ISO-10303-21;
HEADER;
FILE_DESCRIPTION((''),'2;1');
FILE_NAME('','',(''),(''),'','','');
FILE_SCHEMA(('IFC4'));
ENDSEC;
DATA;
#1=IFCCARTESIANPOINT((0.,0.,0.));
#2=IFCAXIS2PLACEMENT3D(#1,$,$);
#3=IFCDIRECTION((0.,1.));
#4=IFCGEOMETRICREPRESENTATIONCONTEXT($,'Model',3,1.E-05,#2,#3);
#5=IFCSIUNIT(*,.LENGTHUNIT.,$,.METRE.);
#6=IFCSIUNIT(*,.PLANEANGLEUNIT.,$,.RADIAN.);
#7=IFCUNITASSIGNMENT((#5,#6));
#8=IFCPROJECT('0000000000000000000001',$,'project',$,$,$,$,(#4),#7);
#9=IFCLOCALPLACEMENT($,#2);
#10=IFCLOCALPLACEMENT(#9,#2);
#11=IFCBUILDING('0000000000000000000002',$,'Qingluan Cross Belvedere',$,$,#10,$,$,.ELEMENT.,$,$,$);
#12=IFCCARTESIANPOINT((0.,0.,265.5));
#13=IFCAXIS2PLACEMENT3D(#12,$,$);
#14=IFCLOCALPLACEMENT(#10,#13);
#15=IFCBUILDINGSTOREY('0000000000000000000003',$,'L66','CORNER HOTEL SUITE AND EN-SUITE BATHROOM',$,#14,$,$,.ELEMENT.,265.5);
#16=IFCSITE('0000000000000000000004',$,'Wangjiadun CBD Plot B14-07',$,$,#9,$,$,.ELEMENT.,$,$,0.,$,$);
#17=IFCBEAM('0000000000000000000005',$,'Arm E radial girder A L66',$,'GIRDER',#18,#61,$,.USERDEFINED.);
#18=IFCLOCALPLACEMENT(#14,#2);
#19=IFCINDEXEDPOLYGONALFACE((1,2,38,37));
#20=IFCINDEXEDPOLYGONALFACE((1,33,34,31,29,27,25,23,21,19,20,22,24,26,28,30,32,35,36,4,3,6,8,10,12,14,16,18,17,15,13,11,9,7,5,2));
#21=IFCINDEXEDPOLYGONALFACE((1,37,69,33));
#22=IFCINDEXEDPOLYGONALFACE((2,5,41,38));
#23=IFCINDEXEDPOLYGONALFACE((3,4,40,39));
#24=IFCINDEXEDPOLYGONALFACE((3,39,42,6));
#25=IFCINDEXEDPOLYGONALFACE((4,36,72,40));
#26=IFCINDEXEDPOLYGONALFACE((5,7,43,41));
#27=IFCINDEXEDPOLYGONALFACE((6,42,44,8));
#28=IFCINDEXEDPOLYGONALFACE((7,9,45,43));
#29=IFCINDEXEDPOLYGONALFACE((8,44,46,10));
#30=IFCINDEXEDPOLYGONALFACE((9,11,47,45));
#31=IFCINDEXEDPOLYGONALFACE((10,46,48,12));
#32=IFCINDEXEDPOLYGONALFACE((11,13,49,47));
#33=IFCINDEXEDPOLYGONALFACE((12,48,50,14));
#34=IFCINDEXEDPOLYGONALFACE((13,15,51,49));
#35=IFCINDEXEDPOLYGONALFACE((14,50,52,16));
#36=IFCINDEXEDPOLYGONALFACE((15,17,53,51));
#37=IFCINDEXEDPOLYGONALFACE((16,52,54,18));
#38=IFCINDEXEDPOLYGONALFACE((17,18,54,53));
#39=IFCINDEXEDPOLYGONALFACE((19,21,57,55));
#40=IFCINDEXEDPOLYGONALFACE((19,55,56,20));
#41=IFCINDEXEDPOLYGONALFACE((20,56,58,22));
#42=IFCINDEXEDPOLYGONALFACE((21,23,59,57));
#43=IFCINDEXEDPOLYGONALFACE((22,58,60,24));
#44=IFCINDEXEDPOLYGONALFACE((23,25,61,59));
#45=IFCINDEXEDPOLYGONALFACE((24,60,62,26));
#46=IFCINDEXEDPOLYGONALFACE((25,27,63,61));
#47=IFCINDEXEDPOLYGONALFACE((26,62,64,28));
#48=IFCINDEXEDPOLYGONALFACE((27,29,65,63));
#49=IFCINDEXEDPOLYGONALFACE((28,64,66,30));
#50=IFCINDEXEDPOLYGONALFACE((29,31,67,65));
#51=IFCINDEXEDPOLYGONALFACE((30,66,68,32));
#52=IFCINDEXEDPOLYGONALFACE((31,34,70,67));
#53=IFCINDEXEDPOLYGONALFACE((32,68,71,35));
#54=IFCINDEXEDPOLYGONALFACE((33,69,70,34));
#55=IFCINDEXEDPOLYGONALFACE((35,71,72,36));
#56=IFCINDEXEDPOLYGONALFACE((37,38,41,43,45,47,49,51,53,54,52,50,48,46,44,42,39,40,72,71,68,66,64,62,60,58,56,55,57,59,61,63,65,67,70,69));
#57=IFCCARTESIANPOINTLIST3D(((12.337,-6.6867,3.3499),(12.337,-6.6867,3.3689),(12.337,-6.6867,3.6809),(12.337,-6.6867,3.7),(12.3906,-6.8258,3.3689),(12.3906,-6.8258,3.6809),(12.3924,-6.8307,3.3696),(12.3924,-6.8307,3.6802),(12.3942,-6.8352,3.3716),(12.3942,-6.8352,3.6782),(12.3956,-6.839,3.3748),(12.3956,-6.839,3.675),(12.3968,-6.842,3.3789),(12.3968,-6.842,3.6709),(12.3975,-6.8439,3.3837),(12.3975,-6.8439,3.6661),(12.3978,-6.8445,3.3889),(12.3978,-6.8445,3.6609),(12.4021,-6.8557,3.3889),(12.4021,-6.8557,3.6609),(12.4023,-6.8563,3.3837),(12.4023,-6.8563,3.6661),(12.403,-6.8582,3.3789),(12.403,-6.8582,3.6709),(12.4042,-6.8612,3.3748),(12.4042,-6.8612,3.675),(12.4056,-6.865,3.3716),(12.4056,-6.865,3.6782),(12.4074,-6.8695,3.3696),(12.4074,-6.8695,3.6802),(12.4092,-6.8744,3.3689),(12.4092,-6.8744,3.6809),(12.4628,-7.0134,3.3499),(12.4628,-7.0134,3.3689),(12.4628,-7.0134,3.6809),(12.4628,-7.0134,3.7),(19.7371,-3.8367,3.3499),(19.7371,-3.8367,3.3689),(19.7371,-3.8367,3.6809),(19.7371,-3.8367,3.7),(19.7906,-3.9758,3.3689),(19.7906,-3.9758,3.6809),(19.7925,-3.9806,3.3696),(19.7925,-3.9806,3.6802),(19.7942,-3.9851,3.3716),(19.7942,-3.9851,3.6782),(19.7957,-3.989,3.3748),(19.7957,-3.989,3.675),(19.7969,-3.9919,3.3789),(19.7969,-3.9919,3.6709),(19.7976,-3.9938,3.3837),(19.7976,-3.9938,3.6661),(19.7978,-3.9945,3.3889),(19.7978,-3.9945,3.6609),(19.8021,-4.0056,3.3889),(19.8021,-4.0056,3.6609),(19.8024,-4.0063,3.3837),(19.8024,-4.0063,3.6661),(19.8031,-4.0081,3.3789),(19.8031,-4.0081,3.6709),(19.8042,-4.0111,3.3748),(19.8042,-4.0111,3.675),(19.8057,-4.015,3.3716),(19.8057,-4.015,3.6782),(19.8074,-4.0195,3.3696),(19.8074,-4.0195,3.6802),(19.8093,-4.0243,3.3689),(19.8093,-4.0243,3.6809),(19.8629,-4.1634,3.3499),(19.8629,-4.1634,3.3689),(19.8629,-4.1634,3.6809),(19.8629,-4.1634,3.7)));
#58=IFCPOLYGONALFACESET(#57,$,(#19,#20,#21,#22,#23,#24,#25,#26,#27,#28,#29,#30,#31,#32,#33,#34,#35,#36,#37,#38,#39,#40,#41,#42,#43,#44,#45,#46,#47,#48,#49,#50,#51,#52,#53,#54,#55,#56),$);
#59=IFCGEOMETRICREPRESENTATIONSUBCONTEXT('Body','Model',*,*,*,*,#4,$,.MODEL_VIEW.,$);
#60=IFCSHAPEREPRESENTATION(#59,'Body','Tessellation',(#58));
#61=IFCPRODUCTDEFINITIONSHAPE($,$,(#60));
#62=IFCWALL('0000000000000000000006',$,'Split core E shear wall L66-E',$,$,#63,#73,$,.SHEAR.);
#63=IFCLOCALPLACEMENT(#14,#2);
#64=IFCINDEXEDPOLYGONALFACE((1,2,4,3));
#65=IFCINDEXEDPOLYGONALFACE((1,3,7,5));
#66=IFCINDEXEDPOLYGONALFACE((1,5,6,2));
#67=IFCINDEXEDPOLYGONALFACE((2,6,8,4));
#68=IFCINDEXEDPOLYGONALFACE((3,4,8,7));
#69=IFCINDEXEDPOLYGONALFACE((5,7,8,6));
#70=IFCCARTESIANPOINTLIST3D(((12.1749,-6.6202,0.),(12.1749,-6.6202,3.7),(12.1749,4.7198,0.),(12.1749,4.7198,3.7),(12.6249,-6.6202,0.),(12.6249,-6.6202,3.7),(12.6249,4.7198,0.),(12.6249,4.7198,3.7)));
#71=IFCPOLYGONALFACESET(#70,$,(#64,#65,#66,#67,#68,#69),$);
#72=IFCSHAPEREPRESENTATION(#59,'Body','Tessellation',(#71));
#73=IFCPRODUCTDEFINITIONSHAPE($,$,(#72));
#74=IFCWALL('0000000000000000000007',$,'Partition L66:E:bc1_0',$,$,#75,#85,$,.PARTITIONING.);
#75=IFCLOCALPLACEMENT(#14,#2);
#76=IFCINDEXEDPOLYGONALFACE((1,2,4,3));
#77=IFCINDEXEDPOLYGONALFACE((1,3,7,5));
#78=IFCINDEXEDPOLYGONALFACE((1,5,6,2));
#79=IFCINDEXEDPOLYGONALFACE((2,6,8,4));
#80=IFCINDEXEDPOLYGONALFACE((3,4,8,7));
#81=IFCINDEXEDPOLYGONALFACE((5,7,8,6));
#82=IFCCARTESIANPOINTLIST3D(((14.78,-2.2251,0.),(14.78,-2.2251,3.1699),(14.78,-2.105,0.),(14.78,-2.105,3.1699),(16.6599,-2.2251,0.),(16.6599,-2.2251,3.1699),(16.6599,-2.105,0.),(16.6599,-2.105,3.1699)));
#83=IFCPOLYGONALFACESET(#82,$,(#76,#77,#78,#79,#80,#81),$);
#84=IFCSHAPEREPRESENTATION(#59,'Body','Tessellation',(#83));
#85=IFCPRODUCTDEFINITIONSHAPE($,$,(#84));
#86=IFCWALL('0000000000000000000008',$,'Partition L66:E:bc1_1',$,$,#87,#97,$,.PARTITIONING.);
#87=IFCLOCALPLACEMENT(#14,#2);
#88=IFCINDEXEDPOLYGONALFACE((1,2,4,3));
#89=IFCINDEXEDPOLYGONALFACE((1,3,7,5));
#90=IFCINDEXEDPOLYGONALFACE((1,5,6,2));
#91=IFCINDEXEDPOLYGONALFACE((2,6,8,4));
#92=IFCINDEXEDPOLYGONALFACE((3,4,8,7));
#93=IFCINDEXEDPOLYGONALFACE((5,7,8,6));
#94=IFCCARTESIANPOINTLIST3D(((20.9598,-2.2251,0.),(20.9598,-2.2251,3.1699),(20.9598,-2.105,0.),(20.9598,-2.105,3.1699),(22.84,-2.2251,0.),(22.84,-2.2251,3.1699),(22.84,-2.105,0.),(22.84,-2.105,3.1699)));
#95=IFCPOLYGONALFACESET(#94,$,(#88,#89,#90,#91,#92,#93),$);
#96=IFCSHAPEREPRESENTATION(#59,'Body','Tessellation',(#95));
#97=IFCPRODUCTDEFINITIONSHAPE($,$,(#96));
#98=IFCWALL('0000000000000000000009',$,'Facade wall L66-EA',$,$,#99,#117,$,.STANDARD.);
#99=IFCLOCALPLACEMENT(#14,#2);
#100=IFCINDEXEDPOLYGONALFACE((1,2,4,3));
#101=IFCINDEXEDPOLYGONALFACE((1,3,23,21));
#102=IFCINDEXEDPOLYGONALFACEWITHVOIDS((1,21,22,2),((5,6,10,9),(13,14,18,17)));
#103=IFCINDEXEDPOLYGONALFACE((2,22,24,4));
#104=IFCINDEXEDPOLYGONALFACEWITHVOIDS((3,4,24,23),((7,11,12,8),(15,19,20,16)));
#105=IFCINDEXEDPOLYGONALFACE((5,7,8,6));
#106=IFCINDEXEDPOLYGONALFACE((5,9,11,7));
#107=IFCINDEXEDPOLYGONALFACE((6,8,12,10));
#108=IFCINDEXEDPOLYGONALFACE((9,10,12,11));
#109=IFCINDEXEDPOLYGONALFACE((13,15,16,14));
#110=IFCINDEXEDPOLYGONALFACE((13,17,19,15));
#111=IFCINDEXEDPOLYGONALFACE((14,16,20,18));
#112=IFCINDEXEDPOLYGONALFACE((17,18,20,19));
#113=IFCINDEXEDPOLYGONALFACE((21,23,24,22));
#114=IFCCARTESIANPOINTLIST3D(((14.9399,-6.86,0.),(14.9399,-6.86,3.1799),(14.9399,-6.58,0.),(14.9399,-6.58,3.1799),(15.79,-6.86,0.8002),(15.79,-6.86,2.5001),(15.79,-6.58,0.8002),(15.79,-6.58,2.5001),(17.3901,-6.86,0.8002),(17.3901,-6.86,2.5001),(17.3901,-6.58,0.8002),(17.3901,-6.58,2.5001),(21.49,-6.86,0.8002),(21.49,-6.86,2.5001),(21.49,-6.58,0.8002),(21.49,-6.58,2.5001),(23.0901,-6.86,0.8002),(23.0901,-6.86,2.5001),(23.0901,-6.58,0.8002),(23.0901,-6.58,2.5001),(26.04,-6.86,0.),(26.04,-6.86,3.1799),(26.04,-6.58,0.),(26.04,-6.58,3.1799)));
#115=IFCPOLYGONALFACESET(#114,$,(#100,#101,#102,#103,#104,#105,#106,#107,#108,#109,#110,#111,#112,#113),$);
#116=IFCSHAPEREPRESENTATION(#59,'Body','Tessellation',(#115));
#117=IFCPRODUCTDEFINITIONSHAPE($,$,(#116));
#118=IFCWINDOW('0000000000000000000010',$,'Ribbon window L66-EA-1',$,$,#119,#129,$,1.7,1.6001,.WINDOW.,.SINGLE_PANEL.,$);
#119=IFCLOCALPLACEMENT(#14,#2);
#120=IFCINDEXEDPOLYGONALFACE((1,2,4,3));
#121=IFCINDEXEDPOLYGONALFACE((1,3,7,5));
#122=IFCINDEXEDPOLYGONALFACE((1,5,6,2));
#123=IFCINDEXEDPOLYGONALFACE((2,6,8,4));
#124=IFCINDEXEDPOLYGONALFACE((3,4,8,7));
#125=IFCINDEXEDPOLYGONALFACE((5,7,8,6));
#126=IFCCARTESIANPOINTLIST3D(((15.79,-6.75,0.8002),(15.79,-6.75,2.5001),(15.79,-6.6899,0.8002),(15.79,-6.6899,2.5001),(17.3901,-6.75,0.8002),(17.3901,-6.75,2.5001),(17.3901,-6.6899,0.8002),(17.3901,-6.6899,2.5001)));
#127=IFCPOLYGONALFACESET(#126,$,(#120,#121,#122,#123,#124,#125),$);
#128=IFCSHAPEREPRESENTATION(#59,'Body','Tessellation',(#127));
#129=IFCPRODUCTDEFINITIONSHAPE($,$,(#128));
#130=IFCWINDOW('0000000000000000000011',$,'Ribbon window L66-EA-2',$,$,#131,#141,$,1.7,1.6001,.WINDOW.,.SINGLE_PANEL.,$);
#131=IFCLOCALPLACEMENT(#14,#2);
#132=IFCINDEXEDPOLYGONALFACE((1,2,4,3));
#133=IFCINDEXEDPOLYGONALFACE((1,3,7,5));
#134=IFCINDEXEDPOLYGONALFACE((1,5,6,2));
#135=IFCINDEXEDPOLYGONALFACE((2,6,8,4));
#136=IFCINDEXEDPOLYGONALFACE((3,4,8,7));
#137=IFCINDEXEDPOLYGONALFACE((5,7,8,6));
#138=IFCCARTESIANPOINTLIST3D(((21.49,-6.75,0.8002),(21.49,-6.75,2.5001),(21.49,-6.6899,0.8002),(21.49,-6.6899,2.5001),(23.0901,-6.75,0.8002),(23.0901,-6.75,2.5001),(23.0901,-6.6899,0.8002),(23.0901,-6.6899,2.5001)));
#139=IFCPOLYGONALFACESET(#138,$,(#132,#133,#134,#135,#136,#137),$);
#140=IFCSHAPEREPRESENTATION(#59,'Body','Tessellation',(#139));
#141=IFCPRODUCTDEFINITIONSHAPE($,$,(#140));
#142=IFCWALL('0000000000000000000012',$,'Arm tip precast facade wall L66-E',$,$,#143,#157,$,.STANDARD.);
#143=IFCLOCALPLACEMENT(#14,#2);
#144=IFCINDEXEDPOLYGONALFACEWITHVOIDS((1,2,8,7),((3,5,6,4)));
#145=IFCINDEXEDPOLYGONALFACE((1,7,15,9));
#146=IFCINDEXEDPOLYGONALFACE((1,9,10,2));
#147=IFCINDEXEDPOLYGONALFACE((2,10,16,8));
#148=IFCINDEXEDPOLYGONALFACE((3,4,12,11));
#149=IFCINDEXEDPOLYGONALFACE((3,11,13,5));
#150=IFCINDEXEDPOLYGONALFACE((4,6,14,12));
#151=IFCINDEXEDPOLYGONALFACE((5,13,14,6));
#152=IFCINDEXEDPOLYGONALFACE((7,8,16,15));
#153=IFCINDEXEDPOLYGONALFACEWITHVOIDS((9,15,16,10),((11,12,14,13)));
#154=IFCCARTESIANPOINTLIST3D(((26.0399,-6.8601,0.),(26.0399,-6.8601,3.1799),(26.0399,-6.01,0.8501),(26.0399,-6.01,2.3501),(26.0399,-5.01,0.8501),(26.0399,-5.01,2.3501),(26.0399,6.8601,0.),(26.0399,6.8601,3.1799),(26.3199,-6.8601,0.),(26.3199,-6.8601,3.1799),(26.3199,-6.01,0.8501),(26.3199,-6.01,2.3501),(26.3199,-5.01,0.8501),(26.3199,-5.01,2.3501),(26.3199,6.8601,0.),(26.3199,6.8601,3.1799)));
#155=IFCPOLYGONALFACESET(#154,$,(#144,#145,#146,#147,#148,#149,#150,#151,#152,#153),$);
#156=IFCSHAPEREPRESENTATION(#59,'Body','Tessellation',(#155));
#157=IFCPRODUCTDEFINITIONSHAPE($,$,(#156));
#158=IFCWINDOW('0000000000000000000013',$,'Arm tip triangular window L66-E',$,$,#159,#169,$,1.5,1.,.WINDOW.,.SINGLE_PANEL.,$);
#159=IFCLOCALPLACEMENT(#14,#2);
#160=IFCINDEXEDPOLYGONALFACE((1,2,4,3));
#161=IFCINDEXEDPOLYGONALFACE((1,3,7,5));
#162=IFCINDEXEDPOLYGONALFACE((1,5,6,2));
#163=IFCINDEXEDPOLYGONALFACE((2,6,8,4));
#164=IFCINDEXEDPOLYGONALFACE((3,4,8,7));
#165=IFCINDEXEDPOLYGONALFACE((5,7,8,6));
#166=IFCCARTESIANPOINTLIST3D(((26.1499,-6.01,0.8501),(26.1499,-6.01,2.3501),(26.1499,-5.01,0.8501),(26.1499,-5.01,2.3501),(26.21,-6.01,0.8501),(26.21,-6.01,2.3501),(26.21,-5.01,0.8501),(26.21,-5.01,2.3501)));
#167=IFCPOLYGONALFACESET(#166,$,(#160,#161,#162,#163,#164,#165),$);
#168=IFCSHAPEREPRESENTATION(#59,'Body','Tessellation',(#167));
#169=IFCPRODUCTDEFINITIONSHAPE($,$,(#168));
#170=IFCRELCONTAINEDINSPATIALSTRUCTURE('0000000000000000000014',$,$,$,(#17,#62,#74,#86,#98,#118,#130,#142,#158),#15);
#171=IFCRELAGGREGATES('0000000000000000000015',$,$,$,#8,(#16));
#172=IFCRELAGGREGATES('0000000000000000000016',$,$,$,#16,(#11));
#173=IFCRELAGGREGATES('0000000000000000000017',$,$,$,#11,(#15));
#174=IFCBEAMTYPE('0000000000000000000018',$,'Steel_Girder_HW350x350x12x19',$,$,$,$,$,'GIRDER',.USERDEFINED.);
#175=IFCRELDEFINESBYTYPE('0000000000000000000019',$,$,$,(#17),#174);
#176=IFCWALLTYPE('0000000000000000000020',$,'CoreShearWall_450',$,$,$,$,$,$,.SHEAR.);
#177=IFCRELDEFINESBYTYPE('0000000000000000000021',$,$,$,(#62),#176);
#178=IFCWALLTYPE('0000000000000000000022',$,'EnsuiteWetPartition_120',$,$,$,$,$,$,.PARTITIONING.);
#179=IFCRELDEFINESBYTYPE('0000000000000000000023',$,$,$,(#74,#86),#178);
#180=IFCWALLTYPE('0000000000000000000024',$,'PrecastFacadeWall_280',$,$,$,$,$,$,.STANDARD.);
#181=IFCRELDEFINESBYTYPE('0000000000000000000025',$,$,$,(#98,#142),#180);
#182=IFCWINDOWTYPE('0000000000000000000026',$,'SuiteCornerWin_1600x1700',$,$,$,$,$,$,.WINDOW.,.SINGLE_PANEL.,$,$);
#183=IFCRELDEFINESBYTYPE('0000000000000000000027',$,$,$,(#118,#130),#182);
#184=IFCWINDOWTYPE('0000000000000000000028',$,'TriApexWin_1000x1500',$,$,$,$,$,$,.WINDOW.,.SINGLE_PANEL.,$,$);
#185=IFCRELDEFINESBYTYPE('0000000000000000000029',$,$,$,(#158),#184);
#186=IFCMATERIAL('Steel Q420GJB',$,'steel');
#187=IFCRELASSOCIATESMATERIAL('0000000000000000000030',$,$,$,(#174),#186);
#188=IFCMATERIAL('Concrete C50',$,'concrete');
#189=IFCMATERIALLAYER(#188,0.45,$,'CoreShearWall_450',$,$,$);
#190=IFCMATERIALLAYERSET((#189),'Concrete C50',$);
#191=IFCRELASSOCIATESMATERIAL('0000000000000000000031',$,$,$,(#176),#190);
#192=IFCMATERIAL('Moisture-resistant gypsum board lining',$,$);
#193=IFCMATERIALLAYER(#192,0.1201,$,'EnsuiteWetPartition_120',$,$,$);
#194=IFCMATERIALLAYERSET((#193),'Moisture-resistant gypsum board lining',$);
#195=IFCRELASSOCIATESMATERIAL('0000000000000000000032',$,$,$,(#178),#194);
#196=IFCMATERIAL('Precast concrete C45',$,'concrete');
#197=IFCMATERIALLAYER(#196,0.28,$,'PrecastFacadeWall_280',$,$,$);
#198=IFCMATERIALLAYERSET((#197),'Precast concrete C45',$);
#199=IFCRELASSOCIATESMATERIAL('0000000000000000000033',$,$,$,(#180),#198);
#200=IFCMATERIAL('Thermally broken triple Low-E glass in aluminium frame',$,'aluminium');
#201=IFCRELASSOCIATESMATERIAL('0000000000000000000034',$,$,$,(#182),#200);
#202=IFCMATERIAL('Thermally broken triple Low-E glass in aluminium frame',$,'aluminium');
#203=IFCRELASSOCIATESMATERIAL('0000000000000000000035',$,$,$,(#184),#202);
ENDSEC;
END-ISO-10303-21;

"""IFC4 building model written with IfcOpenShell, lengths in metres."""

from ifc_helpers import new_model, si_unit, direction, frame, frame_2d, origin, origin_2d, place, context, subcontext, project, spatial, rectangle, i_section, extrude, material, layer, layer_set, material_profile, profile_set, type_object, element, fill, save


model = new_model("IFC4")

# Units and contexts
model_context = context("Model", 3, precision=1e-05, world=origin(), true_north=direction((0.0, 1.0)))
body_context = subcontext(model_context, "Body", "Model", "MODEL_VIEW")
ifc_project = project(units=[si_unit("LENGTHUNIT", "METRE"), si_unit("PLANEANGLEUNIT", "RADIAN")], contexts=[model_context])

# Site, building, storey
site_placement = place(None, origin())
site = spatial("IfcSite", under=ifc_project, at=site_placement, Name="Wangjiadun CBD Plot B14-07", CompositionType="ELEMENT", RefElevation=0.0)
building_placement = place(site_placement, origin())
building = spatial("IfcBuilding", under=site, at=building_placement, Name="Qingluan Cross Belvedere", CompositionType="ELEMENT")
storey_placement = place(building_placement, frame((0.0, 0.0, 265.5)))
storey = spatial("IfcBuildingStorey", under=building, at=storey_placement, Name="L66", Description="CORNER HOTEL SUITE AND EN-SUITE BATHROOM", CompositionType="ELEMENT", Elevation=265.5)

# Beam
ifc_material_1 = material(Name="Steel Q420GJB", Category="steel")
ifc_material_profile_1 = material_profile(ifc_material_1, i_section(OverallWidth=0.3501, OverallDepth=0.3501, WebThickness=0.012, FlangeThickness=0.019, FilletRadius=0.02, at=origin_2d()), Name="HW350x350x12x19")
ifc_profile_set_1 = profile_set([ifc_material_profile_1], Name="Steel Q420GJB")
beam_type_1 = type_object("IfcBeamType", Name="Steel_Girder_HW350x350x12x19", ElementType="GIRDER", PredefinedType="USERDEFINED", material=ifc_profile_set_1)
beam_1_placement = place(storey_placement, frame((12.3999, -6.8501, 3.5249), z_axis=(0.933181, 0.359406, 0.0), x_axis=(-0.359406, 0.933181, 0.0)))
element("IfcBeam", 1, at=beam_1_placement, inside=storey, type_object=beam_type_1, Name="Arm E radial girder A L66", ObjectType="GIRDER", PredefinedType="USERDEFINED", context=body_context, shape_type="SweptSolid", body=[
    extrude(i_section(OverallWidth=0.3501, OverallDepth=0.3501, WebThickness=0.012, FlangeThickness=0.019, FilletRadius=0.02, at=origin_2d()), origin(), (0.0, 0.0, 1.0), 7.9299),
])

# Walls
ifc_material_2 = material(Name="Concrete C50", Category="concrete")
ifc_layer_1 = layer(ifc_material_2, 0.45, Name="CoreShearWall_450")
ifc_layer_set_1 = layer_set([ifc_layer_1], Name="Concrete C50")
wall_type_1 = type_object("IfcWallType", Name="CoreShearWall_450", PredefinedType="SHEAR", material=ifc_layer_set_1)
wall_1_placement = place(storey_placement, frame((12.3999, -6.6201, 0.0), z_axis=(0.0, 0.0, 1.0), x_axis=(0.0, 1.0, 0.0)))
element("IfcWall", 2, at=wall_1_placement, inside=storey, type_object=wall_type_1, Name="Split core E shear wall L66-E", PredefinedType="SHEAR", context=body_context, shape_type="SweptSolid", body=[
    extrude(rectangle(XDim=11.3401, YDim=0.45, at=frame_2d((5.6699, 0.0))), origin(), (0.0, 0.0, 1.0), 3.7),
])
ifc_material_3 = material(Name="Moisture-resistant gypsum board lining")
ifc_layer_2 = layer(ifc_material_3, 0.1201, Name="EnsuiteWetPartition_120")
ifc_layer_set_2 = layer_set([ifc_layer_2], Name="Moisture-resistant gypsum board lining")
wall_type_2 = type_object("IfcWallType", Name="EnsuiteWetPartition_120", PredefinedType="PARTITIONING", material=ifc_layer_set_2)
wall_2_placement = place(storey_placement, frame((14.78, -2.165, 0.0), z_axis=(0.0, 0.0, 1.0), x_axis=(1.0, 0.0, 0.0)))
element("IfcWall", 3, at=wall_2_placement, inside=storey, type_object=wall_type_2, Name="Partition L66:E:bc1_0", PredefinedType="PARTITIONING", context=body_context, shape_type="SweptSolid", body=[
    extrude(rectangle(XDim=1.8799, YDim=0.1201, at=frame_2d((0.9399, 0.0))), origin(), (0.0, 0.0, 1.0), 3.1699),
])
wall_3_placement = place(storey_placement, frame((20.96, -2.165, 0.0), z_axis=(0.0, 0.0, 1.0), x_axis=(1.0, 0.0, 0.0)))
element("IfcWall", 4, at=wall_3_placement, inside=storey, type_object=wall_type_2, Name="Partition L66:E:bc1_1", PredefinedType="PARTITIONING", context=body_context, shape_type="SweptSolid", body=[
    extrude(rectangle(XDim=1.8801, YDim=0.1201, at=frame_2d((0.9399, 0.0))), origin(), (0.0, 0.0, 1.0), 3.1699),
])

# Wall, openings, windows
ifc_material_4 = material(Name="Precast concrete C45", Category="concrete")
ifc_layer_3 = layer(ifc_material_4, 0.28, Name="PrecastFacadeWall_280")
ifc_layer_set_3 = layer_set([ifc_layer_3], Name="Precast concrete C45")
wall_type_3 = type_object("IfcWallType", Name="PrecastFacadeWall_280", PredefinedType="STANDARD", material=ifc_layer_set_3)
wall_4_placement = place(storey_placement, frame((14.9399, -6.72, 0.0), z_axis=(0.0, 0.0, 1.0), x_axis=(1.0, 0.0, 0.0)))
wall_4 = element("IfcWall", 5, at=wall_4_placement, inside=storey, type_object=wall_type_3, Name="Facade wall L66-EA", PredefinedType="STANDARD", context=body_context, shape_type="SweptSolid", body=[
    extrude(rectangle(XDim=11.1001, YDim=0.28, at=frame_2d((5.55, 0.0))), origin(), (0.0, 0.0, 1.0), 3.1799),
])
opening_1_placement = place(wall_4_placement, frame((0.8501, 0.0, 0.8)))
opening_1 = element("IfcOpeningElement", 6, at=opening_1_placement, cuts=wall_4, PredefinedType="OPENING", context=body_context, shape_type="SweptSolid", body=[
    extrude(rectangle(XDim=1.6001, YDim=1.7, at=frame_2d((0.8, 0.8501))), frame((0.0, 0.1499, 0.0), z_axis=(0.0, -1.0, 0.0), x_axis=(1.0, 0.0, 0.0)), (0.0, 0.0, 1.0), 0.3),
])
opening_2_placement = place(wall_4_placement, frame((6.55, 0.0, 0.8)))
opening_2 = element("IfcOpeningElement", 7, at=opening_2_placement, cuts=wall_4, PredefinedType="OPENING", context=body_context, shape_type="SweptSolid", body=[
    extrude(rectangle(XDim=1.6001, YDim=1.7, at=frame_2d((0.8, 0.8501))), frame((0.0, 0.1499, 0.0), z_axis=(0.0, -1.0, 0.0), x_axis=(1.0, 0.0, 0.0)), (0.0, 0.0, 1.0), 0.3),
])
ifc_material_5 = material(Name="Thermally broken triple Low-E glass in aluminium frame", Category="aluminium")
window_type_1 = type_object("IfcWindowType", Name="SuiteCornerWin_1600x1700", PartitioningType="SINGLE_PANEL", PredefinedType="WINDOW", material=ifc_material_5)
window_1_placement = place(opening_1_placement, origin())
window_1 = element("IfcWindow", 8, at=window_1_placement, inside=storey, type_object=window_type_1, Name="Ribbon window L66-EA-1", OverallHeight=1.7, OverallWidth=1.6001, PartitioningType="SINGLE_PANEL", PredefinedType="WINDOW", context=body_context, shape_type="SweptSolid", body=[
    extrude(rectangle(XDim=1.6001, YDim=1.7, at=frame_2d((0.8, 0.8501))), frame((0.0, 0.03, 0.0), z_axis=(0.0, -1.0, 0.0), x_axis=(1.0, 0.0, 0.0)), (0.0, 0.0, 1.0), 0.0601),
])
fill(opening_1, window_1)
window_2_placement = place(opening_2_placement, origin())
window_2 = element("IfcWindow", 9, at=window_2_placement, inside=storey, type_object=window_type_1, Name="Ribbon window L66-EA-2", OverallHeight=1.7, OverallWidth=1.6001, PartitioningType="SINGLE_PANEL", PredefinedType="WINDOW", context=body_context, shape_type="SweptSolid", body=[
    extrude(rectangle(XDim=1.6001, YDim=1.7, at=frame_2d((0.8, 0.8501))), frame((0.0, 0.03, 0.0), z_axis=(0.0, -1.0, 0.0), x_axis=(1.0, 0.0, 0.0)), (0.0, 0.0, 1.0), 0.0601),
])
fill(opening_2, window_2)

# Wall, opening, window
wall_5_placement = place(storey_placement, frame((26.1799, -6.8601, 0.0), z_axis=(0.0, 0.0, 1.0), x_axis=(0.0, 1.0, 0.0)))
wall_5 = element("IfcWall", 10, at=wall_5_placement, inside=storey, type_object=wall_type_3, Name="Arm tip precast facade wall L66-E", PredefinedType="STANDARD", context=body_context, shape_type="SweptSolid", body=[
    extrude(rectangle(XDim=13.7202, YDim=0.28, at=frame_2d((6.8601, 0.0))), origin(), (0.0, 0.0, 1.0), 3.1799),
])
opening_3_placement = place(wall_5_placement, frame((0.8501, 0.0, 0.8501)))
opening_3 = element("IfcOpeningElement", 11, at=opening_3_placement, cuts=wall_5, PredefinedType="OPENING", context=body_context, shape_type="SweptSolid", body=[
    extrude(rectangle(XDim=1.0, YDim=1.5, at=frame_2d((0.5, 0.75))), frame((0.0, 0.1499, 0.0), z_axis=(0.0, -1.0, 0.0), x_axis=(1.0, 0.0, 0.0)), (0.0, 0.0, 1.0), 0.3),
])
ifc_material_6 = material(Name="Thermally broken triple Low-E glass in aluminium frame", Category="aluminium")
window_type_2 = type_object("IfcWindowType", Name="TriApexWin_1000x1500", PartitioningType="SINGLE_PANEL", PredefinedType="WINDOW", material=ifc_material_6)
window_3_placement = place(opening_3_placement, origin())
window_3 = element("IfcWindow", 12, at=window_3_placement, inside=storey, type_object=window_type_2, Name="Arm tip triangular window L66-E", OverallHeight=1.5, OverallWidth=1.0, PartitioningType="SINGLE_PANEL", PredefinedType="WINDOW", context=body_context, shape_type="SweptSolid", body=[
    extrude(rectangle(XDim=1.0, YDim=1.5, at=frame_2d((0.5, 0.75))), frame((0.0, 0.03, 0.0), z_axis=(0.0, -1.0, 0.0), x_axis=(1.0, 0.0, 0.0)), (0.0, 0.0, 1.0), 0.0601),
])
fill(opening_3, window_3)

save(model, "model.ifc")
